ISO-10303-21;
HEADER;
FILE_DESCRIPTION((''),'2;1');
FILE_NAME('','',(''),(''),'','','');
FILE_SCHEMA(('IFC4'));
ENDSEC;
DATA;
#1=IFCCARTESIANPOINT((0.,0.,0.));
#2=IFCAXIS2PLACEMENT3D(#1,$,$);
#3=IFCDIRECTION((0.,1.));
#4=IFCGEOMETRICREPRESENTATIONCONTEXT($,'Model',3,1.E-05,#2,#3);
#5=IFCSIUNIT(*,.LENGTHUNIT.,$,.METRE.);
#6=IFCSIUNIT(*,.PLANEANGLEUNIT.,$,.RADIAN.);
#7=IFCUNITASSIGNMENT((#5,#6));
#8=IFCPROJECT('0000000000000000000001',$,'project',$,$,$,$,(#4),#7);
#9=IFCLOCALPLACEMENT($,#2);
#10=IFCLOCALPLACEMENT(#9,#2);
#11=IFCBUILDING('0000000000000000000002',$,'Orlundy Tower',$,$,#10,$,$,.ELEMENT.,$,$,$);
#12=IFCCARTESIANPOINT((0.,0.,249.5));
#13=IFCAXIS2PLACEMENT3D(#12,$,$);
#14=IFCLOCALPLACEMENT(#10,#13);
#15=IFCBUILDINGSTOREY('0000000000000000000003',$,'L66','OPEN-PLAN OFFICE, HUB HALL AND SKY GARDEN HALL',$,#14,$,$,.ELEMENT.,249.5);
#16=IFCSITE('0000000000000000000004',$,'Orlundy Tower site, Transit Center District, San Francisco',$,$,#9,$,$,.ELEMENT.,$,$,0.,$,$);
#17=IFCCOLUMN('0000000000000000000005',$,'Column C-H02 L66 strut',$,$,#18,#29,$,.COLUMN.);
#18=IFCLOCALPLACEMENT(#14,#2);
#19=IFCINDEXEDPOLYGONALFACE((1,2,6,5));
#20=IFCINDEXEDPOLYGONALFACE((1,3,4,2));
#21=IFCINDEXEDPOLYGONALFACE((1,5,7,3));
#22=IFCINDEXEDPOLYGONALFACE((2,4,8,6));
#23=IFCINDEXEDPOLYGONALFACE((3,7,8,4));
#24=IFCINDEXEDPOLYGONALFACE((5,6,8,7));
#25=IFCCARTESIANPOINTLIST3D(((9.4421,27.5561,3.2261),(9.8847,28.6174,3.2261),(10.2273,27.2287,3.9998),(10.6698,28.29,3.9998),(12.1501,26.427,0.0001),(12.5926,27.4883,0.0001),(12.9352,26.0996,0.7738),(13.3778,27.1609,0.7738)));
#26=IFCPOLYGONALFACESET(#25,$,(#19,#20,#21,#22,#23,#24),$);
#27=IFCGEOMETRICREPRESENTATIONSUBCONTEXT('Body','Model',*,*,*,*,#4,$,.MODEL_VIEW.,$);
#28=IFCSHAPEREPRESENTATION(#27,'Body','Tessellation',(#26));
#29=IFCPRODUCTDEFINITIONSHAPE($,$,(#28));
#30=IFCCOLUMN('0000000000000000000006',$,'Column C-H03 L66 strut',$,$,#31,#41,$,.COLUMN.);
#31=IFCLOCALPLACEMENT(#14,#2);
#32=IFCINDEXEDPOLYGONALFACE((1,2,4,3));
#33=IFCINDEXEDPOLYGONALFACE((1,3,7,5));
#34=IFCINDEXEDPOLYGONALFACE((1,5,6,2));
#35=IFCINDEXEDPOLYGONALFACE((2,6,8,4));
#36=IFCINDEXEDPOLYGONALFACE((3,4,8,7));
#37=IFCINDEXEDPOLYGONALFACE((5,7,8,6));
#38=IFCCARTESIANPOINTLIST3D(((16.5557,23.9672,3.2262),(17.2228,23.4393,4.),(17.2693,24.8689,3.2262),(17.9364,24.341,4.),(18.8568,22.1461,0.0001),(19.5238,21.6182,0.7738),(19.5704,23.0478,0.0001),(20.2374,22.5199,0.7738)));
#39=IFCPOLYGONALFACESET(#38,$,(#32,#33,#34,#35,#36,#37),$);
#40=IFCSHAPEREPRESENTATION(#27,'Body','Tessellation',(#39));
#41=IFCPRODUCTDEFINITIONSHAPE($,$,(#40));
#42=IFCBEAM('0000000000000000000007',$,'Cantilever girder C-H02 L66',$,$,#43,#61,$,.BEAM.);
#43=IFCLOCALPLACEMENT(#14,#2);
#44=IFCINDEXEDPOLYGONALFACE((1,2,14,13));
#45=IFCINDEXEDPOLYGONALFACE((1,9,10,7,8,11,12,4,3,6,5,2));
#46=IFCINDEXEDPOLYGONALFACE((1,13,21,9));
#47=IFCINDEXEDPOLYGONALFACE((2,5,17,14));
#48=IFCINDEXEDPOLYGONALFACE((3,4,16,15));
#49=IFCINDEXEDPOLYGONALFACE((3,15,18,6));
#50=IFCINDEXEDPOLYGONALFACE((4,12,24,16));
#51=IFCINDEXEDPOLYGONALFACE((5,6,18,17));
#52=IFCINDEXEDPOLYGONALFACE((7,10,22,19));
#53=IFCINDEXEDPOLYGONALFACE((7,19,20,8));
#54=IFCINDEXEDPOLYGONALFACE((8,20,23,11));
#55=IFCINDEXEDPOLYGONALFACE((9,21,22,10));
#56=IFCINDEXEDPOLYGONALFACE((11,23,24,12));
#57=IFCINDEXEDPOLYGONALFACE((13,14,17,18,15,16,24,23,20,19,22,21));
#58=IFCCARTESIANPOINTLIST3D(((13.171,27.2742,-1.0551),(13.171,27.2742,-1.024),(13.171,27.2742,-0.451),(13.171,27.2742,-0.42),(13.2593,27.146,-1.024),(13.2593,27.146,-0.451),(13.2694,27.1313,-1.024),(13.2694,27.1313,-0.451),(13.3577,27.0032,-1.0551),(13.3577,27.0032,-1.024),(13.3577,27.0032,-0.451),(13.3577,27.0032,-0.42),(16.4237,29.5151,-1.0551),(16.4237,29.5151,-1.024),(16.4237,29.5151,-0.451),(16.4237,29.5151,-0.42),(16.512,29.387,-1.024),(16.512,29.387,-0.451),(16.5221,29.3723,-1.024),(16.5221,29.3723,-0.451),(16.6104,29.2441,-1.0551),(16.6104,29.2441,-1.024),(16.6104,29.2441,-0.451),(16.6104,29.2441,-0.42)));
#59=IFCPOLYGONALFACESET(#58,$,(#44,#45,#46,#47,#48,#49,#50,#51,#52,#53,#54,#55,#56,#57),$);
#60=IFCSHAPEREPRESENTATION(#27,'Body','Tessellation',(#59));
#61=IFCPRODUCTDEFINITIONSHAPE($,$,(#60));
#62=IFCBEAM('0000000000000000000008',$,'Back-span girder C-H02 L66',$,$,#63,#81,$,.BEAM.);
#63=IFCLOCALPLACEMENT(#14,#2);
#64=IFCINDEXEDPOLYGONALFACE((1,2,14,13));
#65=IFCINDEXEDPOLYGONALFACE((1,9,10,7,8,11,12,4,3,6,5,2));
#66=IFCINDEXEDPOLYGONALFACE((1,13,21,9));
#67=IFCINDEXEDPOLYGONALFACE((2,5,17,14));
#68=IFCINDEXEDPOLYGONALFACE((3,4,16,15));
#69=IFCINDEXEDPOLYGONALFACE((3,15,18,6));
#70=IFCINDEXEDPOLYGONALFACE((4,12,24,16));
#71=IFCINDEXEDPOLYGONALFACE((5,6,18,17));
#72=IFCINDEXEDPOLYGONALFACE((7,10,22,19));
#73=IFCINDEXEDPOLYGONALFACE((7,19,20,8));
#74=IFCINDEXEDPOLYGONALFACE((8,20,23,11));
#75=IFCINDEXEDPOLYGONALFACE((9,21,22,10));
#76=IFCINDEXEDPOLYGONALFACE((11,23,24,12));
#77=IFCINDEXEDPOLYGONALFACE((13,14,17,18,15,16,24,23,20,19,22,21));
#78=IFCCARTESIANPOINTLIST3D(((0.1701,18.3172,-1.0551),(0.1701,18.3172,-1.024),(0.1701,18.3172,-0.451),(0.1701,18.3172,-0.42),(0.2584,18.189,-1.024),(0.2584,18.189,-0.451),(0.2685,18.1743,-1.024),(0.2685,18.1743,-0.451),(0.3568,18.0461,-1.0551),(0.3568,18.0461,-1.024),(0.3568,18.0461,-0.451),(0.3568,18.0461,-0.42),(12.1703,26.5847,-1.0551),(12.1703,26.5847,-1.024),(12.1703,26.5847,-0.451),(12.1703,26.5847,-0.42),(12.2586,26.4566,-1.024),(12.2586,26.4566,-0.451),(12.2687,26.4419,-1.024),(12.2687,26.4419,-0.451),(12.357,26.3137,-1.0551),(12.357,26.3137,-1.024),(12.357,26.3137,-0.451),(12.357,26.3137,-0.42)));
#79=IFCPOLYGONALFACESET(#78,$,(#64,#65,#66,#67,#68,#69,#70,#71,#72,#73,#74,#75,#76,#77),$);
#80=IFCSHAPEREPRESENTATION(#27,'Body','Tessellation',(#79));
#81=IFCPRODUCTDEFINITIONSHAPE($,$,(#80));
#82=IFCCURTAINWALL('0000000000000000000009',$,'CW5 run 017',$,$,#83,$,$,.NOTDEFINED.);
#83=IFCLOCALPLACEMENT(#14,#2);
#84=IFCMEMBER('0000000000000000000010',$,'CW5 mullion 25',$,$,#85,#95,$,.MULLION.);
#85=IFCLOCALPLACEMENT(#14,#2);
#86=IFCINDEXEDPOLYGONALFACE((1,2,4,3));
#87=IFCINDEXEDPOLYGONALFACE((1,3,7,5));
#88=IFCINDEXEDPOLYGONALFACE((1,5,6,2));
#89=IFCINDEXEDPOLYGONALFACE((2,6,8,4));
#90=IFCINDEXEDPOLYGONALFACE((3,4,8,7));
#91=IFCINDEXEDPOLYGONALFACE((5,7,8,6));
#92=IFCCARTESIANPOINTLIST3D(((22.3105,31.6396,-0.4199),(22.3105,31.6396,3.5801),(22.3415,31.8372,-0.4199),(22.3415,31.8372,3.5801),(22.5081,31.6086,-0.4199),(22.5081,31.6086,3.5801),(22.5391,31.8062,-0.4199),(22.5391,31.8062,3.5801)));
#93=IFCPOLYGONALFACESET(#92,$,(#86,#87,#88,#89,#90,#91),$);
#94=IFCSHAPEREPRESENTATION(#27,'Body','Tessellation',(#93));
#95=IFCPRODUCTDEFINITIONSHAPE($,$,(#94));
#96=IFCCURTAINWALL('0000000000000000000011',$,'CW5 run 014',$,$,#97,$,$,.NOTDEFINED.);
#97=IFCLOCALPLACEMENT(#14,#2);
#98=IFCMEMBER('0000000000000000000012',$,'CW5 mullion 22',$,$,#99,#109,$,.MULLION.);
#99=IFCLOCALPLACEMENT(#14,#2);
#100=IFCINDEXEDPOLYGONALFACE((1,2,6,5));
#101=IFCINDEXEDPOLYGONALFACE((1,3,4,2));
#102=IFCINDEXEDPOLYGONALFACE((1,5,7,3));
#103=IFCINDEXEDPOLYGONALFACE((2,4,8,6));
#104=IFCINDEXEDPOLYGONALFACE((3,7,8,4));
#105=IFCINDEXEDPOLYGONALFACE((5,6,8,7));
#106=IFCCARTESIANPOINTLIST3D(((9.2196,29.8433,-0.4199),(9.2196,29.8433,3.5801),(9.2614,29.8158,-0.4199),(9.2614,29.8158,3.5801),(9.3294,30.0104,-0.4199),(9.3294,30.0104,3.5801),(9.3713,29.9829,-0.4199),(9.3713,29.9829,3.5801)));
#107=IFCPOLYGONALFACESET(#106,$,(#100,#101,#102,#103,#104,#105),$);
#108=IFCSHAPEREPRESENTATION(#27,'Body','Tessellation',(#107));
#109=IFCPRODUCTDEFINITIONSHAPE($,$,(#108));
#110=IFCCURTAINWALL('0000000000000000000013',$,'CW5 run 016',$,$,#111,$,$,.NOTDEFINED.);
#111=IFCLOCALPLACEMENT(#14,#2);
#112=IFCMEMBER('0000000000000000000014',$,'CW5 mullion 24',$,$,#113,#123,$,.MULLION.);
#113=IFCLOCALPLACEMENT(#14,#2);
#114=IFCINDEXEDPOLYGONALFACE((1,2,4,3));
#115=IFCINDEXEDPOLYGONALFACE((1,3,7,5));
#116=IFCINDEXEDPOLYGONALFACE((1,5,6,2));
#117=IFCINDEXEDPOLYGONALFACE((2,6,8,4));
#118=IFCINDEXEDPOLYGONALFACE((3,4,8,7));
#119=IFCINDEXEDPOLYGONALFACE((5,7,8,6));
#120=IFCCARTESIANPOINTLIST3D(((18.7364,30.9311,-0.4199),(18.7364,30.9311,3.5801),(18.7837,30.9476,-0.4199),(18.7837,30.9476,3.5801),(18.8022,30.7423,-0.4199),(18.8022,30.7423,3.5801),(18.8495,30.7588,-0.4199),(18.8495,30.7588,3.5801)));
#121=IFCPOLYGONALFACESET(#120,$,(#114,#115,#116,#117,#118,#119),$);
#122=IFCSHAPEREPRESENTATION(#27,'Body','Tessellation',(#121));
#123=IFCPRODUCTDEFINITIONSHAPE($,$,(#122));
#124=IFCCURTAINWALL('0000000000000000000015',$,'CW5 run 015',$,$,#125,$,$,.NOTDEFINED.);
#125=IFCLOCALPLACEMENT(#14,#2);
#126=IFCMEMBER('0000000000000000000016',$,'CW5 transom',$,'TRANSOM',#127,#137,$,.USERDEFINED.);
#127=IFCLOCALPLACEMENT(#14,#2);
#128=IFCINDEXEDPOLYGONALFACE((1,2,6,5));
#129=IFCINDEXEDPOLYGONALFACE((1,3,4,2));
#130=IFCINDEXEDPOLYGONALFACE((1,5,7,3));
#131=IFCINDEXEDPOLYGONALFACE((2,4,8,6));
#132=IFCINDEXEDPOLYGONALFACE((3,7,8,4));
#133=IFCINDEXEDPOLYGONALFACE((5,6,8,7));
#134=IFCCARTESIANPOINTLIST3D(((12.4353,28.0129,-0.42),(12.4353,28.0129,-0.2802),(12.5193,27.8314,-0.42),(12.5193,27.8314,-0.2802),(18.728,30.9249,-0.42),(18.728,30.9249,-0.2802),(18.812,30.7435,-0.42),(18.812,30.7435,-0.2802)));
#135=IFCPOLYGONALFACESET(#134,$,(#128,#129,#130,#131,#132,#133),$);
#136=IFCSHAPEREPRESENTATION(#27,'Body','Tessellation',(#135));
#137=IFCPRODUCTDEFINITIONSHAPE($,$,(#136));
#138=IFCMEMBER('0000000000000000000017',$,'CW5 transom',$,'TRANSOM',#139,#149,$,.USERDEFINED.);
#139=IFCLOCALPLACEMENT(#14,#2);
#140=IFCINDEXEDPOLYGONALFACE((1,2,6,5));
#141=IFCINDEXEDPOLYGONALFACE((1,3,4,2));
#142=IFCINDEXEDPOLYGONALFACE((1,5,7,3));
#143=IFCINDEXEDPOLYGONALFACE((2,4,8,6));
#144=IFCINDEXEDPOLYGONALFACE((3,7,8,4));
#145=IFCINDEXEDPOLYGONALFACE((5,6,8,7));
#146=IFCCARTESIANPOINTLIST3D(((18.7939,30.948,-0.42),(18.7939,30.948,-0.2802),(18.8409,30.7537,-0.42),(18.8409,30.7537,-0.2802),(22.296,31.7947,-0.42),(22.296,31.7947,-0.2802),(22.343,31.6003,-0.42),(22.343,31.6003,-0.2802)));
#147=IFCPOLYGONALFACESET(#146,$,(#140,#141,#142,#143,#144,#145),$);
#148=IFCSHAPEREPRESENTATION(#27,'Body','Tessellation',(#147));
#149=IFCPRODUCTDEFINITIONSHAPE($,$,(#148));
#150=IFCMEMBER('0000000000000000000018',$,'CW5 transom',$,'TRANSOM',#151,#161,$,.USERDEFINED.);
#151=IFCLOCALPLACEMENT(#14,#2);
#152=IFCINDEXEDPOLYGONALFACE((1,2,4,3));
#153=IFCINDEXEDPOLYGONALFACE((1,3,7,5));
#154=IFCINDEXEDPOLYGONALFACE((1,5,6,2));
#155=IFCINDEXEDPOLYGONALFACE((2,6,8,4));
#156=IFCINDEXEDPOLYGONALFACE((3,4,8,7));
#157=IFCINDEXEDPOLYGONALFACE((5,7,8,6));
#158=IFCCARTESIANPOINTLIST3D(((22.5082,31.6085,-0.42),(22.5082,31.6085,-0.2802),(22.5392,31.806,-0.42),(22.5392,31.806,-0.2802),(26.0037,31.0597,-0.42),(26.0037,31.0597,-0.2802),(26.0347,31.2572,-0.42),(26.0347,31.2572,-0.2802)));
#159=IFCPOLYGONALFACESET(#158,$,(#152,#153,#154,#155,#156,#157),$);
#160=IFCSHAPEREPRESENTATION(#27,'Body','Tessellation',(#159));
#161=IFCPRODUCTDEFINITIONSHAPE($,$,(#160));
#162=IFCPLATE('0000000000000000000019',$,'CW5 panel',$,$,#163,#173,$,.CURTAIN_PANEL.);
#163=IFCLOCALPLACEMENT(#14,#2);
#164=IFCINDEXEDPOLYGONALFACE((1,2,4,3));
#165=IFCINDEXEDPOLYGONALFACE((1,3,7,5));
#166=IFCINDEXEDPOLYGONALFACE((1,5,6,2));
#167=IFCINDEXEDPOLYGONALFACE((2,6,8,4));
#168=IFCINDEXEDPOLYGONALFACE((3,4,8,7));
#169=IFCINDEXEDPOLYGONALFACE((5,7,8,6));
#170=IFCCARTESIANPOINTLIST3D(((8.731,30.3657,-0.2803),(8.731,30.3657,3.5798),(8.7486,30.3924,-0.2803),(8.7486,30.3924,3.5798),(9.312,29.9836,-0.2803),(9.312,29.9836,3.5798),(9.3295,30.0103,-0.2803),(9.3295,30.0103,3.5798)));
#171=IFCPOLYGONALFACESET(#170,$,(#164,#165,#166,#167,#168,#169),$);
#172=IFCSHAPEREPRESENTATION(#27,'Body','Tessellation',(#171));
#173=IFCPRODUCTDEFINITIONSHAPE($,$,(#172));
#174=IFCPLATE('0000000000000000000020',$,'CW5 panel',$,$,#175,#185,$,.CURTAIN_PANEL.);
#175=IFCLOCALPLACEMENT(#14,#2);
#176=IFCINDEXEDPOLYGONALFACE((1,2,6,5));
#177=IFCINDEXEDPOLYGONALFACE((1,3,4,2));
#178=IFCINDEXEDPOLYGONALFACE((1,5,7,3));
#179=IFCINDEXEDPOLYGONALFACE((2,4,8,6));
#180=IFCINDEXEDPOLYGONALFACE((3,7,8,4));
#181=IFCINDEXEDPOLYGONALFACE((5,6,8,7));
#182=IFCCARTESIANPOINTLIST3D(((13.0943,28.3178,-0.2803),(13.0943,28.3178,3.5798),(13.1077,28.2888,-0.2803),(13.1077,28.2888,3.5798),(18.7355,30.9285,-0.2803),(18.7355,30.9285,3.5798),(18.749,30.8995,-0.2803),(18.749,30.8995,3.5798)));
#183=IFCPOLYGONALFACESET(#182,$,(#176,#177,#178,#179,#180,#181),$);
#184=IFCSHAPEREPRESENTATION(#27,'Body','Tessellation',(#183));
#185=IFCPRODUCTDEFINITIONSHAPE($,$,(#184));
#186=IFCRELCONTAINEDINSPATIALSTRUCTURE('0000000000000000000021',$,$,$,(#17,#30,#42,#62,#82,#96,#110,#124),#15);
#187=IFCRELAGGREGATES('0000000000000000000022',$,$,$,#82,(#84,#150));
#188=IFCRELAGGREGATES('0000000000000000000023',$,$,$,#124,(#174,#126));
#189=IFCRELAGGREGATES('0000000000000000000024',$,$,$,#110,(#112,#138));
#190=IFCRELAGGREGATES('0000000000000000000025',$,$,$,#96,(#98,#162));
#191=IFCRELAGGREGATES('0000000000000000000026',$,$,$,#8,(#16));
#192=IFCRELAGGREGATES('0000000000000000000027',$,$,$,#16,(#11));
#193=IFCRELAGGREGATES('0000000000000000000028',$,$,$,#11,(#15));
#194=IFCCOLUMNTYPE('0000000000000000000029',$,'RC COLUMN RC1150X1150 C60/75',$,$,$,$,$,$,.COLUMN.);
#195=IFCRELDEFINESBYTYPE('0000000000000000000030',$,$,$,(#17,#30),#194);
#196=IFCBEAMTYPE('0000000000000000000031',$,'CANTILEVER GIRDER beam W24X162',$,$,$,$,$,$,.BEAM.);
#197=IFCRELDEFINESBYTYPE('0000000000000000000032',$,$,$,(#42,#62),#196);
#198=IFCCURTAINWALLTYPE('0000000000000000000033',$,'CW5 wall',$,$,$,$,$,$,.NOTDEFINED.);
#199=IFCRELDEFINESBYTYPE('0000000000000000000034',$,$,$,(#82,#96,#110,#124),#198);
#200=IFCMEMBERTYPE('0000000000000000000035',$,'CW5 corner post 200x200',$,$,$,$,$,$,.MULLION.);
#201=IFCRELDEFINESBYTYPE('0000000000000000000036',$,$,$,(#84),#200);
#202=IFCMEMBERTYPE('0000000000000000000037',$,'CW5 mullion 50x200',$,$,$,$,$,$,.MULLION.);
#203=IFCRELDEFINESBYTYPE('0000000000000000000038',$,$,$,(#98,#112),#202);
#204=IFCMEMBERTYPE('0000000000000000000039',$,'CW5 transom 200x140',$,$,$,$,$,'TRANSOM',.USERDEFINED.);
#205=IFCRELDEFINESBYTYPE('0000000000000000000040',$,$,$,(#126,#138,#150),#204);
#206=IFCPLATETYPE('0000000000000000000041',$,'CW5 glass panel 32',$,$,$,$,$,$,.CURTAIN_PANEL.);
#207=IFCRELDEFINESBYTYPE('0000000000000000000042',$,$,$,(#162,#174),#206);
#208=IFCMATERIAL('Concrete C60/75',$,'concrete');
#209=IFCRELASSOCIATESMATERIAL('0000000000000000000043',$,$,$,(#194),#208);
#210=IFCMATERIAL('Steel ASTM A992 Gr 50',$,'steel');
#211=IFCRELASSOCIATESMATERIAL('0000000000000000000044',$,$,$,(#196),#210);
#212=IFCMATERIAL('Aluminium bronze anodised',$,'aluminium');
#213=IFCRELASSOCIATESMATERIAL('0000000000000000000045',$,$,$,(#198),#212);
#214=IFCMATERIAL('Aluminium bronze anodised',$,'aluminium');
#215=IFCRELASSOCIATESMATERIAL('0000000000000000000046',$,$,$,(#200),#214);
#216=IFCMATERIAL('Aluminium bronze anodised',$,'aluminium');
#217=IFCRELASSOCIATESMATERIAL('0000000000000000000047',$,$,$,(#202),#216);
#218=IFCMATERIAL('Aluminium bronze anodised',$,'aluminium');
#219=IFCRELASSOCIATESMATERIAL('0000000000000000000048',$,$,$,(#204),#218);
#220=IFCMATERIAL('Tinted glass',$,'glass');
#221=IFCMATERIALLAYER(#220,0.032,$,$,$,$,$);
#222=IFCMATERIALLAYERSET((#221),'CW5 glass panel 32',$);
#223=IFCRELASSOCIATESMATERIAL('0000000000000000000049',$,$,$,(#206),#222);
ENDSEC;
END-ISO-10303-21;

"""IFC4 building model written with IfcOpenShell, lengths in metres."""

from ifc_helpers import new_model, si_unit, direction, frame, origin, origin_2d, place, context, subcontext, project, spatial, rectangle, i_section, extrude, material, layer, layer_set, material_profile, profile_set, type_object, element, aggregate, save


model = new_model("IFC4")

# Units and contexts
model_context = context("Model", 3, precision=1e-05, world=origin(), true_north=direction((0.0, 1.0)))
body_context = subcontext(model_context, "Body", "Model", "MODEL_VIEW")
ifc_project = project(units=[si_unit("LENGTHUNIT", "METRE"), si_unit("PLANEANGLEUNIT", "RADIAN")], contexts=[model_context])

# Site, building, storey
site_placement = place(None, origin())
site = spatial("IfcSite", under=ifc_project, at=site_placement, Name="Orlundy Tower site, Transit Center District, San Francisco", CompositionType="ELEMENT", RefElevation=0.0)
building_placement = place(site_placement, origin())
building = spatial("IfcBuilding", under=site, at=building_placement, Name="Orlundy Tower", CompositionType="ELEMENT")
storey_placement = place(building_placement, frame((0.0, 0.0, 249.5)))
storey = spatial("IfcBuildingStorey", under=building, at=storey_placement, Name="L66", Description="OPEN-PLAN OFFICE, HUB HALL AND SKY GARDEN HALL", CompositionType="ELEMENT", Elevation=249.5)

# Columns
ifc_material_1 = material(Name="Concrete C60/75", Category="concrete")
ifc_material_profile_1 = material_profile(ifc_material_1, rectangle(XDim=1.1499, YDim=1.1499, at=origin_2d()), Name="RC1150X1150")
ifc_profile_set_1 = profile_set([ifc_material_profile_1], Name="Concrete C60/75")
column_type = type_object("IfcColumnType", Name="RC COLUMN RC1150X1150 C60/75", PredefinedType="COLUMN", material=ifc_profile_set_1)
column_1_placement = place(storey_placement, frame((12.7639, 26.7939, 0.387), z_axis=(-0.621001, 0.258937, 0.739804), x_axis=(-0.384852, -0.922978, 0.0)))
element("IfcColumn", 1, at=column_1_placement, inside=storey, type_object=column_type, Name="Column C-H02 L66 strut", PredefinedType="COLUMN", context=body_context, shape_type="SweptSolid", body=[
    extrude(rectangle(XDim=1.1499, YDim=1.1499, at=origin_2d()), origin(), (0.0, 0.0, 1.0), 4.3606),
])
column_2_placement = place(storey_placement, frame((19.5471, 22.333, 0.387), z_axis=(-0.527635, 0.417573, 0.739753), x_axis=(-0.620577, -0.784145, 0.0)))
element("IfcColumn", 2, at=column_2_placement, inside=storey, type_object=column_type, Name="Column C-H03 L66 strut", PredefinedType="COLUMN", context=body_context, shape_type="SweptSolid", body=[
    extrude(rectangle(XDim=1.1499, YDim=1.1499, at=origin_2d()), origin(), (0.0, 0.0, 1.0), 4.3611),
])

# Beams
ifc_material_2 = material(Name="Steel ASTM A992 Gr 50", Category="steel")
ifc_material_profile_2 = material_profile(ifc_material_2, i_section(OverallWidth=0.3291, OverallDepth=0.635, WebThickness=0.0178, FlangeThickness=0.031, at=origin_2d()), Name="W24X162")
ifc_profile_set_2 = profile_set([ifc_material_profile_2], Name="Steel ASTM A992 Gr 50")
beam_type = type_object("IfcBeamType", Name="CANTILEVER GIRDER beam W24X162", PredefinedType="BEAM", material=ifc_profile_set_2)
beam_1_placement = place(storey_placement, frame((16.5171, 29.3796, -0.7375), z_axis=(-0.823481, -0.567344, 0.0), x_axis=(0.567344, -0.823481, 0.0)))
element("IfcBeam", 3, at=beam_1_placement, inside=storey, type_object=beam_type, Name="Cantilever girder C-H02 L66", PredefinedType="BEAM", context=body_context, shape_type="SweptSolid", body=[
    extrude(i_section(OverallWidth=0.3291, OverallDepth=0.635, WebThickness=0.0178, FlangeThickness=0.031, at=origin_2d()), origin(), (0.0, 0.0, 1.0), 3.95),
])
beam_2_placement = place(storey_placement, frame((12.2637, 26.4492, -0.7375), z_axis=(-0.823484, -0.56734, 0.0), x_axis=(0.56734, -0.823484, 0.0)))
element("IfcBeam", 4, at=beam_2_placement, inside=storey, type_object=beam_type, Name="Back-span girder C-H02 L66", PredefinedType="BEAM", context=body_context, shape_type="SweptSolid", body=[
    extrude(i_section(OverallWidth=0.3291, OverallDepth=0.635, WebThickness=0.0178, FlangeThickness=0.031, at=origin_2d()), origin(), (0.0, 0.0, 1.0), 14.5725),
])

# Curtain walls, members
ifc_material_3 = material(Name="Aluminium bronze anodised", Category="aluminium")
curtain_wall_type = type_object("IfcCurtainWallType", Name="CW5 wall", PredefinedType="NOTDEFINED", material=ifc_material_3)
curtain_wall_1_placement = place(storey_placement, origin())
curtain_wall_1 = element("IfcCurtainWall", 5, at=curtain_wall_1_placement, inside=storey, type_object=curtain_wall_type, Name="CW5 run 017", PredefinedType="NOTDEFINED")
ifc_material_4 = material(Name="Aluminium bronze anodised", Category="aluminium")
ifc_material_profile_3 = material_profile(ifc_material_4, rectangle(XDim=0.2, YDim=0.2, at=origin_2d()), Name="CW5 corner post 200x200")
ifc_profile_set_3 = profile_set([ifc_material_profile_3], Name="Aluminium bronze anodised")
member_type_1 = type_object("IfcMemberType", Name="CW5 corner post 200x200", PredefinedType="MULLION", material=ifc_profile_set_3)
member_1_placement = place(storey_placement, frame((22.4248, 31.7229, -0.4199), z_axis=(0.0, 0.0, 1.0), x_axis=(0.155117, 0.987896, 0.0)))
member_1 = element("IfcMember", 6, at=member_1_placement, type_object=member_type_1, Name="CW5 mullion 25", PredefinedType="MULLION", context=body_context, shape_type="SweptSolid", body=[
    extrude(rectangle(XDim=0.2, YDim=0.2, at=origin_2d()), origin(), (0.0, 0.0, 1.0), 4.0),
])
curtain_wall_2_placement = place(storey_placement, origin())
curtain_wall_2 = element("IfcCurtainWall", 7, at=curtain_wall_2_placement, inside=storey, type_object=curtain_wall_type, Name="CW5 run 014", PredefinedType="NOTDEFINED")
ifc_material_5 = material(Name="Aluminium bronze anodised", Category="aluminium")
ifc_material_profile_4 = material_profile(ifc_material_5, rectangle(XDim=0.2, YDim=0.05, at=origin_2d()), Name="CW5 mullion 50x200")
ifc_profile_set_4 = profile_set([ifc_material_profile_4], Name="Aluminium bronze anodised")
member_type_2 = type_object("IfcMemberType", Name="CW5 mullion 50x200", PredefinedType="MULLION", material=ifc_profile_set_4)
member_2_placement = place(storey_placement, frame((9.2954, 29.9131, -0.4199), z_axis=(0.0, 0.0, 1.0), x_axis=(0.549497, 0.835496, 0.0)))
member_2 = element("IfcMember", 8, at=member_2_placement, type_object=member_type_2, Name="CW5 mullion 22", PredefinedType="MULLION", context=body_context, shape_type="SweptSolid", body=[
    extrude(rectangle(XDim=0.2, YDim=0.05, at=origin_2d()), origin(), (0.0, 0.0, 1.0), 4.0),
])
curtain_wall_3_placement = place(storey_placement, origin())
curtain_wall_3 = element("IfcCurtainWall", 9, at=curtain_wall_3_placement, inside=storey, type_object=curtain_wall_type, Name="CW5 run 016", PredefinedType="NOTDEFINED")
member_3_placement = place(storey_placement, frame((18.793, 30.845, -0.4199), z_axis=(0.0, 0.0, 1.0), x_axis=(-0.329063, 0.944308, 0.0)))
member_3 = element("IfcMember", 10, at=member_3_placement, type_object=member_type_2, Name="CW5 mullion 24", PredefinedType="MULLION", context=body_context, shape_type="SweptSolid", body=[
    extrude(rectangle(XDim=0.2, YDim=0.05, at=origin_2d()), origin(), (0.0, 0.0, 1.0), 4.0),
])
curtain_wall_4_placement = place(storey_placement, origin())
curtain_wall_4 = element("IfcCurtainWall", 11, at=curtain_wall_4_placement, inside=storey, type_object=curtain_wall_type, Name="CW5 run 015", PredefinedType="NOTDEFINED")
ifc_material_6 = material(Name="Aluminium bronze anodised", Category="aluminium")
ifc_material_profile_5 = material_profile(ifc_material_6, rectangle(XDim=0.2, YDim=0.1399, at=origin_2d()), Name="CW5 transom 200x140")
ifc_profile_set_5 = profile_set([ifc_material_profile_5], Name="Aluminium bronze anodised")
member_type_3 = type_object("IfcMemberType", Name="CW5 transom 200x140", ElementType="TRANSOM", PredefinedType="USERDEFINED", material=ifc_profile_set_5)
member_4_placement = place(storey_placement, frame((12.4773, 27.9221, -0.3501), z_axis=(0.907532, 0.419982, 0.0), x_axis=(-0.419982, 0.907532, 0.0)))
member_4 = element("IfcMember", 12, at=member_4_placement, type_object=member_type_3, Name="CW5 transom", ObjectType="TRANSOM", PredefinedType="USERDEFINED", context=body_context, shape_type="SweptSolid", body=[
    extrude(rectangle(XDim=0.2, YDim=0.1399, at=origin_2d()), origin(), (0.0, 0.0, 1.0), 6.9338),
])

# Members
member_5_placement = place(storey_placement, frame((18.8174, 30.8508, -0.3501), z_axis=(0.971998, 0.234987, 0.0), x_axis=(-0.234987, 0.971998, 0.0)))
member_5 = element("IfcMember", 13, at=member_5_placement, type_object=member_type_3, Name="CW5 transom", ObjectType="TRANSOM", PredefinedType="USERDEFINED", context=body_context, shape_type="SweptSolid", body=[
    extrude(rectangle(XDim=0.2, YDim=0.1399, at=origin_2d()), origin(), (0.0, 0.0, 1.0), 3.603),
])
member_6_placement = place(storey_placement, frame((22.5237, 31.7073, -0.3501), z_axis=(0.987898, -0.155105, 0.0), x_axis=(0.155105, 0.987898, 0.0)))
member_6 = element("IfcMember", 14, at=member_6_placement, type_object=member_type_3, Name="CW5 transom", ObjectType="TRANSOM", PredefinedType="USERDEFINED", context=body_context, shape_type="SweptSolid", body=[
    extrude(rectangle(XDim=0.2, YDim=0.1399, at=origin_2d()), origin(), (0.0, 0.0, 1.0), 3.5383),
])
aggregate(curtain_wall_1, [member_1, member_6])

# Plates
ifc_material_7 = material(Name="Tinted glass", Category="glass")
ifc_layer_1 = layer(ifc_material_7, 0.032)
ifc_layer_set_1 = layer_set([ifc_layer_1], Name="CW5 glass panel 32")
plate_type_1 = type_object("IfcPlateType", Name="CW5 glass panel 32", PredefinedType="CURTAIN_PANEL", material=ifc_layer_set_1)
plate_1_placement = place(storey_placement, frame((9.0303, 30.188, -0.2803), z_axis=(0.0, 0.0, 1.0), x_axis=(0.835496, -0.549497, 0.0)))
plate_1 = element("IfcPlate", 15, at=plate_1_placement, type_object=plate_type_1, Name="CW5 panel", PredefinedType="CURTAIN_PANEL", context=body_context, shape_type="SweptSolid", body=[
    extrude(rectangle(XDim=0.6953, YDim=0.032, at=origin_2d()), origin(), (0.0, 0.0, 1.0), 3.8601),
])
plate_2_placement = place(storey_placement, frame((15.9216, 29.6086, -0.2803), z_axis=(0.0, 0.0, 1.0), x_axis=(0.90753, 0.419986, 0.0)))
plate_2 = element("IfcPlate", 16, at=plate_2_placement, type_object=plate_type_1, Name="CW5 panel", PredefinedType="CURTAIN_PANEL", context=body_context, shape_type="SweptSolid", body=[
    extrude(rectangle(XDim=6.2161, YDim=0.032, at=origin_2d()), origin(), (0.0, 0.0, 1.0), 3.8601),
])
aggregate(curtain_wall_4, [plate_2, member_4])
aggregate(curtain_wall_3, [member_3, member_5])
aggregate(curtain_wall_2, [member_2, plate_1])

save(model, "model.ifc")
